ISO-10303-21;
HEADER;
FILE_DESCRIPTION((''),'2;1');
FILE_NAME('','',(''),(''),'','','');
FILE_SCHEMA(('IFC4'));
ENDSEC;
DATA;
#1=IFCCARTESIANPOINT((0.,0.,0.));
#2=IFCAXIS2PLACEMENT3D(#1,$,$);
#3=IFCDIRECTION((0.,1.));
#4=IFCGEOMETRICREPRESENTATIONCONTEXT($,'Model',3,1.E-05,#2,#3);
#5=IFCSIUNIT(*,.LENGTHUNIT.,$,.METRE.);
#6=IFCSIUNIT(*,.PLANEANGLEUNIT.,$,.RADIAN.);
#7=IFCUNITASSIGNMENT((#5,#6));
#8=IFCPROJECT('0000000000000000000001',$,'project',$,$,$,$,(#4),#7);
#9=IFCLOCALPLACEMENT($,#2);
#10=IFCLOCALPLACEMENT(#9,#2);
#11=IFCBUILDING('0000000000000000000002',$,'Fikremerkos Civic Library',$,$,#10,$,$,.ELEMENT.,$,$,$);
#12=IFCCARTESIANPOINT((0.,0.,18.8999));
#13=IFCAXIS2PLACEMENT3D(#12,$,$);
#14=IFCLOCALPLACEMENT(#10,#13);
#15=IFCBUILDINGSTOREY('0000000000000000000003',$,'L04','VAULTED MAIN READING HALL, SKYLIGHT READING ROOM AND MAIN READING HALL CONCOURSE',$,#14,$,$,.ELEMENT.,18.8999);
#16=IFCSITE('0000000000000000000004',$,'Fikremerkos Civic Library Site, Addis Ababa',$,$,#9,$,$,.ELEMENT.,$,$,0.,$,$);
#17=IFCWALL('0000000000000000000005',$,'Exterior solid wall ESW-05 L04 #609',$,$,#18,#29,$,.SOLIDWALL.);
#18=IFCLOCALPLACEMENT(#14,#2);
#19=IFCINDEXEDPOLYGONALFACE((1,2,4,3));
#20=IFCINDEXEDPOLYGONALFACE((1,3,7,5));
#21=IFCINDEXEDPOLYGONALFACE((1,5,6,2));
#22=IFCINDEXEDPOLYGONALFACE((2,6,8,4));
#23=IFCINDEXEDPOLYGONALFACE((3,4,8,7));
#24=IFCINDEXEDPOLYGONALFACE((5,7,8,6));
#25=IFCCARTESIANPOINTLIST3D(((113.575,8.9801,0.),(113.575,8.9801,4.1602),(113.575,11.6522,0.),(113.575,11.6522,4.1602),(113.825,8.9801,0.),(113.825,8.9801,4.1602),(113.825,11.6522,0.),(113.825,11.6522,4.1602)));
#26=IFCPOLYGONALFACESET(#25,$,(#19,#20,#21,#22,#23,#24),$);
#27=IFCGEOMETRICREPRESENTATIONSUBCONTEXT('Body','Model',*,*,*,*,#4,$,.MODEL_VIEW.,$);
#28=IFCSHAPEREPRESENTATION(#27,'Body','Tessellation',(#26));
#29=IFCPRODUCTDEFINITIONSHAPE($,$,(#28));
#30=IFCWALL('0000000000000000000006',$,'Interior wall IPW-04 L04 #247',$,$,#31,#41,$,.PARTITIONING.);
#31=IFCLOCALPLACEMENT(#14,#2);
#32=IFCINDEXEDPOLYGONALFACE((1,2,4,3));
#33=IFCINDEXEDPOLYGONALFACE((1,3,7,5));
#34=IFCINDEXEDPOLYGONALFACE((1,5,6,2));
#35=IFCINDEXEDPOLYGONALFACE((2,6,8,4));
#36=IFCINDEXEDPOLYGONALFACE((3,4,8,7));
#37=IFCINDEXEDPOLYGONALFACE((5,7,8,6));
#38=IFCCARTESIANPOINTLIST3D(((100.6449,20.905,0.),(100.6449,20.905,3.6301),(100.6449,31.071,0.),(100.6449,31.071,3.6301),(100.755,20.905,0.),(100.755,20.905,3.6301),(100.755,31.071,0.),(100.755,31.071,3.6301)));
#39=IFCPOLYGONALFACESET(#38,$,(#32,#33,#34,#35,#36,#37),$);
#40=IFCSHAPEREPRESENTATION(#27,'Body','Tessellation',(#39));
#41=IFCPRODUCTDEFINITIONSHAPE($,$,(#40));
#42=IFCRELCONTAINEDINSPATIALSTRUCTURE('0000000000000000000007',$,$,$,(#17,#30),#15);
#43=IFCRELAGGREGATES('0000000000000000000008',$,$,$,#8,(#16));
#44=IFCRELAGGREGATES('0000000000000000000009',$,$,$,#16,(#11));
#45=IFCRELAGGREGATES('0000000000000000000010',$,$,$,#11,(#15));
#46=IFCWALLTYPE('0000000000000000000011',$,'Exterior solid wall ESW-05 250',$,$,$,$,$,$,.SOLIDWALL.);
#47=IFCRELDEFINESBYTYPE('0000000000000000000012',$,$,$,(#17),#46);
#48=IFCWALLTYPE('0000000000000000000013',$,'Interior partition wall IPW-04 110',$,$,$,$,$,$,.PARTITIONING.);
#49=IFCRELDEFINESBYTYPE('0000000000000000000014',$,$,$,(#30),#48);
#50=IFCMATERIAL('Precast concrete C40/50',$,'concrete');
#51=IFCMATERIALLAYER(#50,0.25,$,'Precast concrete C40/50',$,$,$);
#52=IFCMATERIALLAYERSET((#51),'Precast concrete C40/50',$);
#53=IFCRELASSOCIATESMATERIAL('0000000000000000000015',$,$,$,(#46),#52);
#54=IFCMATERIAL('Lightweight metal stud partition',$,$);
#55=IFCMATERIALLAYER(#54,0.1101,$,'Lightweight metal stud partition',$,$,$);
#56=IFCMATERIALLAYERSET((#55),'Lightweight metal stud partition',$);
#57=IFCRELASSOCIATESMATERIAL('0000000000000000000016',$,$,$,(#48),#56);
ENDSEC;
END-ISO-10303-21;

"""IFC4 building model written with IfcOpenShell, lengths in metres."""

from ifc_helpers import new_model, si_unit, direction, frame, frame_2d, origin, place, context, subcontext, project, spatial, rectangle, extrude, material, layer, layer_set, type_object, element, save


model = new_model("IFC4")

# Units and contexts
model_context = context("Model", 3, precision=1e-05, world=origin(), true_north=direction((0.0, 1.0)))
body_context = subcontext(model_context, "Body", "Model", "MODEL_VIEW")
ifc_project = project(units=[si_unit("LENGTHUNIT", "METRE"), si_unit("PLANEANGLEUNIT", "RADIAN")], contexts=[model_context])

# Site, building, storey
site_placement = place(None, origin())
site = spatial("IfcSite", under=ifc_project, at=site_placement, Name="Fikremerkos Civic Library Site, Addis Ababa", CompositionType="ELEMENT", RefElevation=0.0)
building_placement = place(site_placement, origin())
building = spatial("IfcBuilding", under=site, at=building_placement, Name="Fikremerkos Civic Library", CompositionType="ELEMENT")
storey_placement = place(building_placement, frame((0.0, 0.0, 18.8999)))
storey = spatial("IfcBuildingStorey", under=building, at=storey_placement, Name="L04", Description="VAULTED MAIN READING HALL, SKYLIGHT READING ROOM AND MAIN READING HALL CONCOURSE", CompositionType="ELEMENT", Elevation=18.8999)

# Walls
ifc_material_1 = material(Name="Precast concrete C40/50", Category="concrete")
ifc_layer_1 = layer(ifc_material_1, 0.25, Name="Precast concrete C40/50")
ifc_layer_set_1 = layer_set([ifc_layer_1], Name="Precast concrete C40/50")
wall_type_1 = type_object("IfcWallType", Name="Exterior solid wall ESW-05 250", PredefinedType="SOLIDWALL", material=ifc_layer_set_1)
wall_1_placement = place(storey_placement, frame((113.7, 11.6521, 0.0), z_axis=(0.0, 0.0, 1.0), x_axis=(0.0, -1.0, 0.0)))
element("IfcWall", 1, at=wall_1_placement, inside=storey, type_object=wall_type_1, Name="Exterior solid wall ESW-05 L04 #609", PredefinedType="SOLIDWALL", context=body_context, shape_type="SweptSolid", body=[
    extrude(rectangle(XDim=2.6721, YDim=0.25, at=frame_2d((1.3359, 0.0))), origin(), (0.0, 0.0, 1.0), 4.1602),
])
ifc_material_2 = material(Name="Lightweight metal stud partition")
ifc_layer_2 = layer(ifc_material_2, 0.1101, Name="Lightweight metal stud partition")
ifc_layer_set_2 = layer_set([ifc_layer_2], Name="Lightweight metal stud partition")
wall_type_2 = type_object("IfcWallType", Name="Interior partition wall IPW-04 110", PredefinedType="PARTITIONING", material=ifc_layer_set_2)
wall_2_placement = place(storey_placement, frame((100.7, 20.905, 0.0), z_axis=(0.0, 0.0, 1.0), x_axis=(0.0, 1.0, 0.0)))
element("IfcWall", 2, at=wall_2_placement, inside=storey, type_object=wall_type_2, Name="Interior wall IPW-04 L04 #247", PredefinedType="PARTITIONING", context=body_context, shape_type="SweptSolid", body=[
    extrude(rectangle(XDim=10.166, YDim=0.1101, at=frame_2d((5.083, 0.0))), origin(), (0.0, 0.0, 1.0), 3.6301),
])

save(model, "model.ifc")
